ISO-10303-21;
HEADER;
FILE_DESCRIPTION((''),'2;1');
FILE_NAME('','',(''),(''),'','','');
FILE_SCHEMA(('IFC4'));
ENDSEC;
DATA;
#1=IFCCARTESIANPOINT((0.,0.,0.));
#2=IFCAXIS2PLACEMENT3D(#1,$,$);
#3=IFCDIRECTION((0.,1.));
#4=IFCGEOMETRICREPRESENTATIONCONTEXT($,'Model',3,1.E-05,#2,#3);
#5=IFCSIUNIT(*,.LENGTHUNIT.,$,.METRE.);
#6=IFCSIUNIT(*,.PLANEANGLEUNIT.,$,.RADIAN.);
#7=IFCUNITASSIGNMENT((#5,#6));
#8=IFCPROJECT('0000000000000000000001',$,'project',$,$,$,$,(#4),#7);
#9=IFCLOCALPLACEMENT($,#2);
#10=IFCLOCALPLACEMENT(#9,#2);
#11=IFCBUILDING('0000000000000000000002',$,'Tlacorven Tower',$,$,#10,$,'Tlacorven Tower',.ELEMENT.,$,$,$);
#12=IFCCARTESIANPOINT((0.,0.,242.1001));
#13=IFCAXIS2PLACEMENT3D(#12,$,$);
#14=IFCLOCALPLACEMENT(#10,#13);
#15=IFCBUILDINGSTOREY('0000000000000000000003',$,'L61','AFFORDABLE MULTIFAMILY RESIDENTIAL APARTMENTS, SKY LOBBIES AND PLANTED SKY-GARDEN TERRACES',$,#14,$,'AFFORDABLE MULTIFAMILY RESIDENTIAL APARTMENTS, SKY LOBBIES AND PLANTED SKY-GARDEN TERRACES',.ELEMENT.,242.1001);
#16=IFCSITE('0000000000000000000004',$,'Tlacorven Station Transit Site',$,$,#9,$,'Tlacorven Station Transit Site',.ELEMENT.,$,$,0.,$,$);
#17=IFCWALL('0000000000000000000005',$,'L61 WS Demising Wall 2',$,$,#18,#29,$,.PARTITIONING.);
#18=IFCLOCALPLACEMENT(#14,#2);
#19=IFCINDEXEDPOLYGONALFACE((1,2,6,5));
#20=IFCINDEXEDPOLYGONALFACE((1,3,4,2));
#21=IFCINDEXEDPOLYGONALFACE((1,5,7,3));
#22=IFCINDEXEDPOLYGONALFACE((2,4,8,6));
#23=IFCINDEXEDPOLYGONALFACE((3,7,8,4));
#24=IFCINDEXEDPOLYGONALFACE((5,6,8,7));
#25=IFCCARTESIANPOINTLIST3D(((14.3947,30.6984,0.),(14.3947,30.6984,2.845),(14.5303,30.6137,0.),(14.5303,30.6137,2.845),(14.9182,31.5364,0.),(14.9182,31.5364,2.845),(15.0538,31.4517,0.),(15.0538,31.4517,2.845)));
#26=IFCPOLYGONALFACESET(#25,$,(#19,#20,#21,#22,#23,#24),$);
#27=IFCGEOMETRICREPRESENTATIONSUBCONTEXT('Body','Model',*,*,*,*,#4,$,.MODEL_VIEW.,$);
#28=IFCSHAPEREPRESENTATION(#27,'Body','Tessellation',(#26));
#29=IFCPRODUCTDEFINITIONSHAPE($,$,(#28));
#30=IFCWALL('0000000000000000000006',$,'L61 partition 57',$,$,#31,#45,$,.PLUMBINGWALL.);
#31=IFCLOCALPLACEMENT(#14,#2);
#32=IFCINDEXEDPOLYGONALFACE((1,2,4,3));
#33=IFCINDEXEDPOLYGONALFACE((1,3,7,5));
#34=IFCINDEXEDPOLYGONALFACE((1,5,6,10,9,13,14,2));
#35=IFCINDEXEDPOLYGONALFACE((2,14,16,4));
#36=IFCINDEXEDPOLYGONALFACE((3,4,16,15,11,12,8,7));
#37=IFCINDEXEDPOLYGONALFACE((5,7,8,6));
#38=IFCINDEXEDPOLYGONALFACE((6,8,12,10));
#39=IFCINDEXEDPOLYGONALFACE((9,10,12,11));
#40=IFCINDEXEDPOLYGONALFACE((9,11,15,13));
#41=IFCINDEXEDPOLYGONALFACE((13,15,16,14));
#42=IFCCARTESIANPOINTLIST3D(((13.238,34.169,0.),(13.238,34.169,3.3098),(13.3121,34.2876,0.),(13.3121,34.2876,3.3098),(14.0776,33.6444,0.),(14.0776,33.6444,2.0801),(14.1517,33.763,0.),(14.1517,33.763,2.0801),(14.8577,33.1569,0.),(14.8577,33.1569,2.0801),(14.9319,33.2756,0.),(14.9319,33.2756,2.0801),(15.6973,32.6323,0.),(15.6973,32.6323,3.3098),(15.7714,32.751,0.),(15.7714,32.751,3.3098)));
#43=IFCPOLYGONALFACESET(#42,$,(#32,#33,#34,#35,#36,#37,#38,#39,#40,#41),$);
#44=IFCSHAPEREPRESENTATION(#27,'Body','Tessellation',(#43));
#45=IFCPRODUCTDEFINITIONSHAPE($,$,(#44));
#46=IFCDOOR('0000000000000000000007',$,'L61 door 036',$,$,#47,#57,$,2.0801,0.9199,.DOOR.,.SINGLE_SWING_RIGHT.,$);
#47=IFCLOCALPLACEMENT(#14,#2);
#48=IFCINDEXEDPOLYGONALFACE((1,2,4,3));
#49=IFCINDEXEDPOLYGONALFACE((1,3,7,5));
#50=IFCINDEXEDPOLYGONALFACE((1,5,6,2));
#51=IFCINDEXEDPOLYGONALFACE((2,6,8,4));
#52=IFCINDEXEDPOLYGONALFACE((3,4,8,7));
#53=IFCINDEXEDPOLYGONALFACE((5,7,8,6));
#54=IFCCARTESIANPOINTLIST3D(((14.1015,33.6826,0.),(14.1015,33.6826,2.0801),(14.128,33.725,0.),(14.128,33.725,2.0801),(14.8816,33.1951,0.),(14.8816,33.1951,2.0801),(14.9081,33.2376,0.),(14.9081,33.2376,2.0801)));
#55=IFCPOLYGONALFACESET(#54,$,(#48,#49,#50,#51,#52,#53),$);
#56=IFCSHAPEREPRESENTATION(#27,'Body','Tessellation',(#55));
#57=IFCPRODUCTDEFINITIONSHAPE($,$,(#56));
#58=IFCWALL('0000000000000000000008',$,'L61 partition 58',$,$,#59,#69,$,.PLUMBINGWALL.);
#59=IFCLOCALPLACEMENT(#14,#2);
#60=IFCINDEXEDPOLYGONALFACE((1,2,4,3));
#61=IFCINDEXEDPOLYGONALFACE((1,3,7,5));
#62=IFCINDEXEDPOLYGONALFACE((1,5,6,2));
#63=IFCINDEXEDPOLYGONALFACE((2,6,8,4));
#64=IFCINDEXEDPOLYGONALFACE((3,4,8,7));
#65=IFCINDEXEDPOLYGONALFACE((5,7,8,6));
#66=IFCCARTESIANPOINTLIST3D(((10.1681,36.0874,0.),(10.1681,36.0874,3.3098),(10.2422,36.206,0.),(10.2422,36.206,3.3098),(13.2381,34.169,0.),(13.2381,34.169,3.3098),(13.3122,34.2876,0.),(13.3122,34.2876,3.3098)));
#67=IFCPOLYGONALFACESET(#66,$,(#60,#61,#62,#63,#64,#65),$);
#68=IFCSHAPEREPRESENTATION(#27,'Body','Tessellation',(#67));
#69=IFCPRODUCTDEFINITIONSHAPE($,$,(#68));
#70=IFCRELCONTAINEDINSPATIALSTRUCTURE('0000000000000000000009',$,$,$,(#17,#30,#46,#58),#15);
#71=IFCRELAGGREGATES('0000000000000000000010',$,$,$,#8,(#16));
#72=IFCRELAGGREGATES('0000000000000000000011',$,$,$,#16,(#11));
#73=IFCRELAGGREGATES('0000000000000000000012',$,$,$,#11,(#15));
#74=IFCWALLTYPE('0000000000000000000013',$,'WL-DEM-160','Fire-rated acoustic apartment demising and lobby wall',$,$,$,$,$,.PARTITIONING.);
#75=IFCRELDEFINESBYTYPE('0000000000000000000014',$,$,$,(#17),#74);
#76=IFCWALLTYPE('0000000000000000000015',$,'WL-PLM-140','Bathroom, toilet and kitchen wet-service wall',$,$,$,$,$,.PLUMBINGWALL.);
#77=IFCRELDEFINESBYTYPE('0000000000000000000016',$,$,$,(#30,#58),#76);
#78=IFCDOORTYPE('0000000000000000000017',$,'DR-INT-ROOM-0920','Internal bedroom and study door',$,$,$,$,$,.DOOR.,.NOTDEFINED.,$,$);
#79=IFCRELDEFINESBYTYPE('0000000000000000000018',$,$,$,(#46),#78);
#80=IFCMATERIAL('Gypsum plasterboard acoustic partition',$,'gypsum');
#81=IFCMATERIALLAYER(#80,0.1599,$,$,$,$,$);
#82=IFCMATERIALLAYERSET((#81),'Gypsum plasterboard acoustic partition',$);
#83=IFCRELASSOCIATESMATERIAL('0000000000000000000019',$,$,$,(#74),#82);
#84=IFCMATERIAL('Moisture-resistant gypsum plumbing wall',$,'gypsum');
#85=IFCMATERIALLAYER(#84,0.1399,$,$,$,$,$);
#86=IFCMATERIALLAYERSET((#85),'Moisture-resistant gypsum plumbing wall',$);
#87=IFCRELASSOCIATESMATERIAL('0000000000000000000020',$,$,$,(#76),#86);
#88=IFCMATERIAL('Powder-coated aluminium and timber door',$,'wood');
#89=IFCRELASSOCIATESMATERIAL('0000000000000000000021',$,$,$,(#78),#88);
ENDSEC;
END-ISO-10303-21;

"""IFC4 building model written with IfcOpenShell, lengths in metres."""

from ifc_helpers import new_model, si_unit, direction, frame, frame_2d, origin, place, context, subcontext, project, spatial, rectangle, extrude, source, transform, mapped, material, layer, layer_set, type_object, element, fill, save


model = new_model("IFC4")

# Units and contexts
model_context = context("Model", 3, precision=1e-05, world=origin(), true_north=direction((0.0, 1.0)))
body_context = subcontext(model_context, "Body", "Model", "MODEL_VIEW")
ifc_project = project(units=[si_unit("LENGTHUNIT", "METRE"), si_unit("PLANEANGLEUNIT", "RADIAN")], contexts=[model_context])

# Site, building, storey
site_placement = place(None, origin())
site = spatial("IfcSite", under=ifc_project, at=site_placement, Name="Tlacorven Station Transit Site", LongName="Tlacorven Station Transit Site", CompositionType="ELEMENT", RefElevation=0.0)
building_placement = place(site_placement, origin())
building = spatial("IfcBuilding", under=site, at=building_placement, Name="Tlacorven Tower", LongName="Tlacorven Tower", CompositionType="ELEMENT")
storey_placement = place(building_placement, frame((0.0, 0.0, 242.1001)))
storey = spatial("IfcBuildingStorey", under=building, at=storey_placement, Name="L61", Description="AFFORDABLE MULTIFAMILY RESIDENTIAL APARTMENTS, SKY LOBBIES AND PLANTED SKY-GARDEN TERRACES", LongName="AFFORDABLE MULTIFAMILY RESIDENTIAL APARTMENTS, SKY LOBBIES AND PLANTED SKY-GARDEN TERRACES", CompositionType="ELEMENT", Elevation=242.1001)

# Wall
ifc_material_1 = material(Name="Gypsum plasterboard acoustic partition", Category="gypsum")
ifc_layer_1 = layer(ifc_material_1, 0.1599)
ifc_layer_set_1 = layer_set([ifc_layer_1], Name="Gypsum plasterboard acoustic partition")
wall_type_1 = type_object("IfcWallType", Name="WL-DEM-160", Description="Fire-rated acoustic apartment demising and lobby wall", PredefinedType="PARTITIONING", material=ifc_layer_set_1)
wall_1_placement = place(storey_placement, frame((14.9861, 31.4941, 0.0), z_axis=(0.0, 0.0, 1.0), x_axis=(-0.529821, -0.848109, 0.0)))
element("IfcWall", 1, at=wall_1_placement, inside=storey, type_object=wall_type_1, Name="L61 WS Demising Wall 2", PredefinedType="PARTITIONING", context=body_context, shape_type="SweptSolid", body=[
    extrude(rectangle(XDim=0.988, YDim=0.1599, at=frame_2d((0.4941, 0.0))), origin(), (0.0, 0.0, 1.0), 2.845),
])

# Wall, opening, door
ifc_material_2 = material(Name="Moisture-resistant gypsum plumbing wall", Category="gypsum")
ifc_layer_2 = layer(ifc_material_2, 0.1399)
ifc_layer_set_2 = layer_set([ifc_layer_2], Name="Moisture-resistant gypsum plumbing wall")
wall_type_2 = type_object("IfcWallType", Name="WL-PLM-140", Description="Bathroom, toilet and kitchen wet-service wall", PredefinedType="PLUMBINGWALL", material=ifc_layer_set_2)
wall_2_placement = place(storey_placement, frame((15.7344, 32.6917, 0.0), z_axis=(0.0, 0.0, 1.0), x_axis=(-0.84806, 0.529901, 0.0)))
wall_2 = element("IfcWall", 2, at=wall_2_placement, inside=storey, type_object=wall_type_2, Name="L61 partition 57", PredefinedType="PLUMBINGWALL", context=body_context, shape_type="SweptSolid", body=[
    extrude(rectangle(XDim=2.8999, YDim=0.1399, at=frame_2d((1.45, 0.0))), origin(), (0.0, 0.0, 1.0), 3.3098),
])
opening_placement = place(wall_2_placement, frame((0.99, 0.0, 0.0)))
opening = element("IfcOpeningElement", 3, at=opening_placement, cuts=wall_2, PredefinedType="OPENING", context=body_context, shape_type="SweptSolid", body=[
    extrude(rectangle(XDim=0.9199, YDim=2.0801, at=frame_2d((0.46, 1.04))), frame((0.0, 0.0801, 0.0), z_axis=(0.0, -1.0, 0.0), x_axis=(1.0, 0.0, 0.0)), (0.0, 0.0, 1.0), 0.1599),
])
ifc_material_3 = material(Name="Powder-coated aluminium and timber door", Category="wood")
door_type = type_object("IfcDoorType", Name="DR-INT-ROOM-0920", Description="Internal bedroom and study door", OperationType="NOTDEFINED", PredefinedType="DOOR", material=ifc_material_3)
shared_shape_1 = source(origin(), body_context, "Body", "SweptSolid", [
    extrude(rectangle(XDim=0.9199, YDim=2.0801, at=frame_2d((0.46, 1.04))), frame((0.0, 0.0249, 0.0), z_axis=(0.0, -1.0, 0.0), x_axis=(1.0, 0.0, 0.0)), (0.0, 0.0, 1.0), 0.05),
])
door_placement = place(opening_placement, origin())
door = element("IfcDoor", 4, at=door_placement, inside=storey, type_object=door_type, Name="L61 door 036", OperationType="SINGLE_SWING_RIGHT", OverallHeight=2.0801, OverallWidth=0.9199, PredefinedType="DOOR", context=body_context, shape_type="MappedRepresentation", body=[
    mapped(shared_shape_1, transform((0.0, 0.0, 0.0), scale=1.0)),
])
fill(opening, door)

# Wall
wall_3_placement = place(storey_placement, frame((13.2751, 34.2283, 0.0), z_axis=(0.0, 0.0, 1.0), x_axis=(-0.84804, 0.529932, 0.0)))
element("IfcWall", 5, at=wall_3_placement, inside=storey, type_object=wall_type_2, Name="L61 partition 58", PredefinedType="PLUMBINGWALL", context=body_context, shape_type="SweptSolid", body=[
    extrude(rectangle(XDim=3.6201, YDim=0.1399, at=frame_2d((1.8101, 0.0))), origin(), (0.0, 0.0, 1.0), 3.3098),
])

save(model, "model.ifc")
